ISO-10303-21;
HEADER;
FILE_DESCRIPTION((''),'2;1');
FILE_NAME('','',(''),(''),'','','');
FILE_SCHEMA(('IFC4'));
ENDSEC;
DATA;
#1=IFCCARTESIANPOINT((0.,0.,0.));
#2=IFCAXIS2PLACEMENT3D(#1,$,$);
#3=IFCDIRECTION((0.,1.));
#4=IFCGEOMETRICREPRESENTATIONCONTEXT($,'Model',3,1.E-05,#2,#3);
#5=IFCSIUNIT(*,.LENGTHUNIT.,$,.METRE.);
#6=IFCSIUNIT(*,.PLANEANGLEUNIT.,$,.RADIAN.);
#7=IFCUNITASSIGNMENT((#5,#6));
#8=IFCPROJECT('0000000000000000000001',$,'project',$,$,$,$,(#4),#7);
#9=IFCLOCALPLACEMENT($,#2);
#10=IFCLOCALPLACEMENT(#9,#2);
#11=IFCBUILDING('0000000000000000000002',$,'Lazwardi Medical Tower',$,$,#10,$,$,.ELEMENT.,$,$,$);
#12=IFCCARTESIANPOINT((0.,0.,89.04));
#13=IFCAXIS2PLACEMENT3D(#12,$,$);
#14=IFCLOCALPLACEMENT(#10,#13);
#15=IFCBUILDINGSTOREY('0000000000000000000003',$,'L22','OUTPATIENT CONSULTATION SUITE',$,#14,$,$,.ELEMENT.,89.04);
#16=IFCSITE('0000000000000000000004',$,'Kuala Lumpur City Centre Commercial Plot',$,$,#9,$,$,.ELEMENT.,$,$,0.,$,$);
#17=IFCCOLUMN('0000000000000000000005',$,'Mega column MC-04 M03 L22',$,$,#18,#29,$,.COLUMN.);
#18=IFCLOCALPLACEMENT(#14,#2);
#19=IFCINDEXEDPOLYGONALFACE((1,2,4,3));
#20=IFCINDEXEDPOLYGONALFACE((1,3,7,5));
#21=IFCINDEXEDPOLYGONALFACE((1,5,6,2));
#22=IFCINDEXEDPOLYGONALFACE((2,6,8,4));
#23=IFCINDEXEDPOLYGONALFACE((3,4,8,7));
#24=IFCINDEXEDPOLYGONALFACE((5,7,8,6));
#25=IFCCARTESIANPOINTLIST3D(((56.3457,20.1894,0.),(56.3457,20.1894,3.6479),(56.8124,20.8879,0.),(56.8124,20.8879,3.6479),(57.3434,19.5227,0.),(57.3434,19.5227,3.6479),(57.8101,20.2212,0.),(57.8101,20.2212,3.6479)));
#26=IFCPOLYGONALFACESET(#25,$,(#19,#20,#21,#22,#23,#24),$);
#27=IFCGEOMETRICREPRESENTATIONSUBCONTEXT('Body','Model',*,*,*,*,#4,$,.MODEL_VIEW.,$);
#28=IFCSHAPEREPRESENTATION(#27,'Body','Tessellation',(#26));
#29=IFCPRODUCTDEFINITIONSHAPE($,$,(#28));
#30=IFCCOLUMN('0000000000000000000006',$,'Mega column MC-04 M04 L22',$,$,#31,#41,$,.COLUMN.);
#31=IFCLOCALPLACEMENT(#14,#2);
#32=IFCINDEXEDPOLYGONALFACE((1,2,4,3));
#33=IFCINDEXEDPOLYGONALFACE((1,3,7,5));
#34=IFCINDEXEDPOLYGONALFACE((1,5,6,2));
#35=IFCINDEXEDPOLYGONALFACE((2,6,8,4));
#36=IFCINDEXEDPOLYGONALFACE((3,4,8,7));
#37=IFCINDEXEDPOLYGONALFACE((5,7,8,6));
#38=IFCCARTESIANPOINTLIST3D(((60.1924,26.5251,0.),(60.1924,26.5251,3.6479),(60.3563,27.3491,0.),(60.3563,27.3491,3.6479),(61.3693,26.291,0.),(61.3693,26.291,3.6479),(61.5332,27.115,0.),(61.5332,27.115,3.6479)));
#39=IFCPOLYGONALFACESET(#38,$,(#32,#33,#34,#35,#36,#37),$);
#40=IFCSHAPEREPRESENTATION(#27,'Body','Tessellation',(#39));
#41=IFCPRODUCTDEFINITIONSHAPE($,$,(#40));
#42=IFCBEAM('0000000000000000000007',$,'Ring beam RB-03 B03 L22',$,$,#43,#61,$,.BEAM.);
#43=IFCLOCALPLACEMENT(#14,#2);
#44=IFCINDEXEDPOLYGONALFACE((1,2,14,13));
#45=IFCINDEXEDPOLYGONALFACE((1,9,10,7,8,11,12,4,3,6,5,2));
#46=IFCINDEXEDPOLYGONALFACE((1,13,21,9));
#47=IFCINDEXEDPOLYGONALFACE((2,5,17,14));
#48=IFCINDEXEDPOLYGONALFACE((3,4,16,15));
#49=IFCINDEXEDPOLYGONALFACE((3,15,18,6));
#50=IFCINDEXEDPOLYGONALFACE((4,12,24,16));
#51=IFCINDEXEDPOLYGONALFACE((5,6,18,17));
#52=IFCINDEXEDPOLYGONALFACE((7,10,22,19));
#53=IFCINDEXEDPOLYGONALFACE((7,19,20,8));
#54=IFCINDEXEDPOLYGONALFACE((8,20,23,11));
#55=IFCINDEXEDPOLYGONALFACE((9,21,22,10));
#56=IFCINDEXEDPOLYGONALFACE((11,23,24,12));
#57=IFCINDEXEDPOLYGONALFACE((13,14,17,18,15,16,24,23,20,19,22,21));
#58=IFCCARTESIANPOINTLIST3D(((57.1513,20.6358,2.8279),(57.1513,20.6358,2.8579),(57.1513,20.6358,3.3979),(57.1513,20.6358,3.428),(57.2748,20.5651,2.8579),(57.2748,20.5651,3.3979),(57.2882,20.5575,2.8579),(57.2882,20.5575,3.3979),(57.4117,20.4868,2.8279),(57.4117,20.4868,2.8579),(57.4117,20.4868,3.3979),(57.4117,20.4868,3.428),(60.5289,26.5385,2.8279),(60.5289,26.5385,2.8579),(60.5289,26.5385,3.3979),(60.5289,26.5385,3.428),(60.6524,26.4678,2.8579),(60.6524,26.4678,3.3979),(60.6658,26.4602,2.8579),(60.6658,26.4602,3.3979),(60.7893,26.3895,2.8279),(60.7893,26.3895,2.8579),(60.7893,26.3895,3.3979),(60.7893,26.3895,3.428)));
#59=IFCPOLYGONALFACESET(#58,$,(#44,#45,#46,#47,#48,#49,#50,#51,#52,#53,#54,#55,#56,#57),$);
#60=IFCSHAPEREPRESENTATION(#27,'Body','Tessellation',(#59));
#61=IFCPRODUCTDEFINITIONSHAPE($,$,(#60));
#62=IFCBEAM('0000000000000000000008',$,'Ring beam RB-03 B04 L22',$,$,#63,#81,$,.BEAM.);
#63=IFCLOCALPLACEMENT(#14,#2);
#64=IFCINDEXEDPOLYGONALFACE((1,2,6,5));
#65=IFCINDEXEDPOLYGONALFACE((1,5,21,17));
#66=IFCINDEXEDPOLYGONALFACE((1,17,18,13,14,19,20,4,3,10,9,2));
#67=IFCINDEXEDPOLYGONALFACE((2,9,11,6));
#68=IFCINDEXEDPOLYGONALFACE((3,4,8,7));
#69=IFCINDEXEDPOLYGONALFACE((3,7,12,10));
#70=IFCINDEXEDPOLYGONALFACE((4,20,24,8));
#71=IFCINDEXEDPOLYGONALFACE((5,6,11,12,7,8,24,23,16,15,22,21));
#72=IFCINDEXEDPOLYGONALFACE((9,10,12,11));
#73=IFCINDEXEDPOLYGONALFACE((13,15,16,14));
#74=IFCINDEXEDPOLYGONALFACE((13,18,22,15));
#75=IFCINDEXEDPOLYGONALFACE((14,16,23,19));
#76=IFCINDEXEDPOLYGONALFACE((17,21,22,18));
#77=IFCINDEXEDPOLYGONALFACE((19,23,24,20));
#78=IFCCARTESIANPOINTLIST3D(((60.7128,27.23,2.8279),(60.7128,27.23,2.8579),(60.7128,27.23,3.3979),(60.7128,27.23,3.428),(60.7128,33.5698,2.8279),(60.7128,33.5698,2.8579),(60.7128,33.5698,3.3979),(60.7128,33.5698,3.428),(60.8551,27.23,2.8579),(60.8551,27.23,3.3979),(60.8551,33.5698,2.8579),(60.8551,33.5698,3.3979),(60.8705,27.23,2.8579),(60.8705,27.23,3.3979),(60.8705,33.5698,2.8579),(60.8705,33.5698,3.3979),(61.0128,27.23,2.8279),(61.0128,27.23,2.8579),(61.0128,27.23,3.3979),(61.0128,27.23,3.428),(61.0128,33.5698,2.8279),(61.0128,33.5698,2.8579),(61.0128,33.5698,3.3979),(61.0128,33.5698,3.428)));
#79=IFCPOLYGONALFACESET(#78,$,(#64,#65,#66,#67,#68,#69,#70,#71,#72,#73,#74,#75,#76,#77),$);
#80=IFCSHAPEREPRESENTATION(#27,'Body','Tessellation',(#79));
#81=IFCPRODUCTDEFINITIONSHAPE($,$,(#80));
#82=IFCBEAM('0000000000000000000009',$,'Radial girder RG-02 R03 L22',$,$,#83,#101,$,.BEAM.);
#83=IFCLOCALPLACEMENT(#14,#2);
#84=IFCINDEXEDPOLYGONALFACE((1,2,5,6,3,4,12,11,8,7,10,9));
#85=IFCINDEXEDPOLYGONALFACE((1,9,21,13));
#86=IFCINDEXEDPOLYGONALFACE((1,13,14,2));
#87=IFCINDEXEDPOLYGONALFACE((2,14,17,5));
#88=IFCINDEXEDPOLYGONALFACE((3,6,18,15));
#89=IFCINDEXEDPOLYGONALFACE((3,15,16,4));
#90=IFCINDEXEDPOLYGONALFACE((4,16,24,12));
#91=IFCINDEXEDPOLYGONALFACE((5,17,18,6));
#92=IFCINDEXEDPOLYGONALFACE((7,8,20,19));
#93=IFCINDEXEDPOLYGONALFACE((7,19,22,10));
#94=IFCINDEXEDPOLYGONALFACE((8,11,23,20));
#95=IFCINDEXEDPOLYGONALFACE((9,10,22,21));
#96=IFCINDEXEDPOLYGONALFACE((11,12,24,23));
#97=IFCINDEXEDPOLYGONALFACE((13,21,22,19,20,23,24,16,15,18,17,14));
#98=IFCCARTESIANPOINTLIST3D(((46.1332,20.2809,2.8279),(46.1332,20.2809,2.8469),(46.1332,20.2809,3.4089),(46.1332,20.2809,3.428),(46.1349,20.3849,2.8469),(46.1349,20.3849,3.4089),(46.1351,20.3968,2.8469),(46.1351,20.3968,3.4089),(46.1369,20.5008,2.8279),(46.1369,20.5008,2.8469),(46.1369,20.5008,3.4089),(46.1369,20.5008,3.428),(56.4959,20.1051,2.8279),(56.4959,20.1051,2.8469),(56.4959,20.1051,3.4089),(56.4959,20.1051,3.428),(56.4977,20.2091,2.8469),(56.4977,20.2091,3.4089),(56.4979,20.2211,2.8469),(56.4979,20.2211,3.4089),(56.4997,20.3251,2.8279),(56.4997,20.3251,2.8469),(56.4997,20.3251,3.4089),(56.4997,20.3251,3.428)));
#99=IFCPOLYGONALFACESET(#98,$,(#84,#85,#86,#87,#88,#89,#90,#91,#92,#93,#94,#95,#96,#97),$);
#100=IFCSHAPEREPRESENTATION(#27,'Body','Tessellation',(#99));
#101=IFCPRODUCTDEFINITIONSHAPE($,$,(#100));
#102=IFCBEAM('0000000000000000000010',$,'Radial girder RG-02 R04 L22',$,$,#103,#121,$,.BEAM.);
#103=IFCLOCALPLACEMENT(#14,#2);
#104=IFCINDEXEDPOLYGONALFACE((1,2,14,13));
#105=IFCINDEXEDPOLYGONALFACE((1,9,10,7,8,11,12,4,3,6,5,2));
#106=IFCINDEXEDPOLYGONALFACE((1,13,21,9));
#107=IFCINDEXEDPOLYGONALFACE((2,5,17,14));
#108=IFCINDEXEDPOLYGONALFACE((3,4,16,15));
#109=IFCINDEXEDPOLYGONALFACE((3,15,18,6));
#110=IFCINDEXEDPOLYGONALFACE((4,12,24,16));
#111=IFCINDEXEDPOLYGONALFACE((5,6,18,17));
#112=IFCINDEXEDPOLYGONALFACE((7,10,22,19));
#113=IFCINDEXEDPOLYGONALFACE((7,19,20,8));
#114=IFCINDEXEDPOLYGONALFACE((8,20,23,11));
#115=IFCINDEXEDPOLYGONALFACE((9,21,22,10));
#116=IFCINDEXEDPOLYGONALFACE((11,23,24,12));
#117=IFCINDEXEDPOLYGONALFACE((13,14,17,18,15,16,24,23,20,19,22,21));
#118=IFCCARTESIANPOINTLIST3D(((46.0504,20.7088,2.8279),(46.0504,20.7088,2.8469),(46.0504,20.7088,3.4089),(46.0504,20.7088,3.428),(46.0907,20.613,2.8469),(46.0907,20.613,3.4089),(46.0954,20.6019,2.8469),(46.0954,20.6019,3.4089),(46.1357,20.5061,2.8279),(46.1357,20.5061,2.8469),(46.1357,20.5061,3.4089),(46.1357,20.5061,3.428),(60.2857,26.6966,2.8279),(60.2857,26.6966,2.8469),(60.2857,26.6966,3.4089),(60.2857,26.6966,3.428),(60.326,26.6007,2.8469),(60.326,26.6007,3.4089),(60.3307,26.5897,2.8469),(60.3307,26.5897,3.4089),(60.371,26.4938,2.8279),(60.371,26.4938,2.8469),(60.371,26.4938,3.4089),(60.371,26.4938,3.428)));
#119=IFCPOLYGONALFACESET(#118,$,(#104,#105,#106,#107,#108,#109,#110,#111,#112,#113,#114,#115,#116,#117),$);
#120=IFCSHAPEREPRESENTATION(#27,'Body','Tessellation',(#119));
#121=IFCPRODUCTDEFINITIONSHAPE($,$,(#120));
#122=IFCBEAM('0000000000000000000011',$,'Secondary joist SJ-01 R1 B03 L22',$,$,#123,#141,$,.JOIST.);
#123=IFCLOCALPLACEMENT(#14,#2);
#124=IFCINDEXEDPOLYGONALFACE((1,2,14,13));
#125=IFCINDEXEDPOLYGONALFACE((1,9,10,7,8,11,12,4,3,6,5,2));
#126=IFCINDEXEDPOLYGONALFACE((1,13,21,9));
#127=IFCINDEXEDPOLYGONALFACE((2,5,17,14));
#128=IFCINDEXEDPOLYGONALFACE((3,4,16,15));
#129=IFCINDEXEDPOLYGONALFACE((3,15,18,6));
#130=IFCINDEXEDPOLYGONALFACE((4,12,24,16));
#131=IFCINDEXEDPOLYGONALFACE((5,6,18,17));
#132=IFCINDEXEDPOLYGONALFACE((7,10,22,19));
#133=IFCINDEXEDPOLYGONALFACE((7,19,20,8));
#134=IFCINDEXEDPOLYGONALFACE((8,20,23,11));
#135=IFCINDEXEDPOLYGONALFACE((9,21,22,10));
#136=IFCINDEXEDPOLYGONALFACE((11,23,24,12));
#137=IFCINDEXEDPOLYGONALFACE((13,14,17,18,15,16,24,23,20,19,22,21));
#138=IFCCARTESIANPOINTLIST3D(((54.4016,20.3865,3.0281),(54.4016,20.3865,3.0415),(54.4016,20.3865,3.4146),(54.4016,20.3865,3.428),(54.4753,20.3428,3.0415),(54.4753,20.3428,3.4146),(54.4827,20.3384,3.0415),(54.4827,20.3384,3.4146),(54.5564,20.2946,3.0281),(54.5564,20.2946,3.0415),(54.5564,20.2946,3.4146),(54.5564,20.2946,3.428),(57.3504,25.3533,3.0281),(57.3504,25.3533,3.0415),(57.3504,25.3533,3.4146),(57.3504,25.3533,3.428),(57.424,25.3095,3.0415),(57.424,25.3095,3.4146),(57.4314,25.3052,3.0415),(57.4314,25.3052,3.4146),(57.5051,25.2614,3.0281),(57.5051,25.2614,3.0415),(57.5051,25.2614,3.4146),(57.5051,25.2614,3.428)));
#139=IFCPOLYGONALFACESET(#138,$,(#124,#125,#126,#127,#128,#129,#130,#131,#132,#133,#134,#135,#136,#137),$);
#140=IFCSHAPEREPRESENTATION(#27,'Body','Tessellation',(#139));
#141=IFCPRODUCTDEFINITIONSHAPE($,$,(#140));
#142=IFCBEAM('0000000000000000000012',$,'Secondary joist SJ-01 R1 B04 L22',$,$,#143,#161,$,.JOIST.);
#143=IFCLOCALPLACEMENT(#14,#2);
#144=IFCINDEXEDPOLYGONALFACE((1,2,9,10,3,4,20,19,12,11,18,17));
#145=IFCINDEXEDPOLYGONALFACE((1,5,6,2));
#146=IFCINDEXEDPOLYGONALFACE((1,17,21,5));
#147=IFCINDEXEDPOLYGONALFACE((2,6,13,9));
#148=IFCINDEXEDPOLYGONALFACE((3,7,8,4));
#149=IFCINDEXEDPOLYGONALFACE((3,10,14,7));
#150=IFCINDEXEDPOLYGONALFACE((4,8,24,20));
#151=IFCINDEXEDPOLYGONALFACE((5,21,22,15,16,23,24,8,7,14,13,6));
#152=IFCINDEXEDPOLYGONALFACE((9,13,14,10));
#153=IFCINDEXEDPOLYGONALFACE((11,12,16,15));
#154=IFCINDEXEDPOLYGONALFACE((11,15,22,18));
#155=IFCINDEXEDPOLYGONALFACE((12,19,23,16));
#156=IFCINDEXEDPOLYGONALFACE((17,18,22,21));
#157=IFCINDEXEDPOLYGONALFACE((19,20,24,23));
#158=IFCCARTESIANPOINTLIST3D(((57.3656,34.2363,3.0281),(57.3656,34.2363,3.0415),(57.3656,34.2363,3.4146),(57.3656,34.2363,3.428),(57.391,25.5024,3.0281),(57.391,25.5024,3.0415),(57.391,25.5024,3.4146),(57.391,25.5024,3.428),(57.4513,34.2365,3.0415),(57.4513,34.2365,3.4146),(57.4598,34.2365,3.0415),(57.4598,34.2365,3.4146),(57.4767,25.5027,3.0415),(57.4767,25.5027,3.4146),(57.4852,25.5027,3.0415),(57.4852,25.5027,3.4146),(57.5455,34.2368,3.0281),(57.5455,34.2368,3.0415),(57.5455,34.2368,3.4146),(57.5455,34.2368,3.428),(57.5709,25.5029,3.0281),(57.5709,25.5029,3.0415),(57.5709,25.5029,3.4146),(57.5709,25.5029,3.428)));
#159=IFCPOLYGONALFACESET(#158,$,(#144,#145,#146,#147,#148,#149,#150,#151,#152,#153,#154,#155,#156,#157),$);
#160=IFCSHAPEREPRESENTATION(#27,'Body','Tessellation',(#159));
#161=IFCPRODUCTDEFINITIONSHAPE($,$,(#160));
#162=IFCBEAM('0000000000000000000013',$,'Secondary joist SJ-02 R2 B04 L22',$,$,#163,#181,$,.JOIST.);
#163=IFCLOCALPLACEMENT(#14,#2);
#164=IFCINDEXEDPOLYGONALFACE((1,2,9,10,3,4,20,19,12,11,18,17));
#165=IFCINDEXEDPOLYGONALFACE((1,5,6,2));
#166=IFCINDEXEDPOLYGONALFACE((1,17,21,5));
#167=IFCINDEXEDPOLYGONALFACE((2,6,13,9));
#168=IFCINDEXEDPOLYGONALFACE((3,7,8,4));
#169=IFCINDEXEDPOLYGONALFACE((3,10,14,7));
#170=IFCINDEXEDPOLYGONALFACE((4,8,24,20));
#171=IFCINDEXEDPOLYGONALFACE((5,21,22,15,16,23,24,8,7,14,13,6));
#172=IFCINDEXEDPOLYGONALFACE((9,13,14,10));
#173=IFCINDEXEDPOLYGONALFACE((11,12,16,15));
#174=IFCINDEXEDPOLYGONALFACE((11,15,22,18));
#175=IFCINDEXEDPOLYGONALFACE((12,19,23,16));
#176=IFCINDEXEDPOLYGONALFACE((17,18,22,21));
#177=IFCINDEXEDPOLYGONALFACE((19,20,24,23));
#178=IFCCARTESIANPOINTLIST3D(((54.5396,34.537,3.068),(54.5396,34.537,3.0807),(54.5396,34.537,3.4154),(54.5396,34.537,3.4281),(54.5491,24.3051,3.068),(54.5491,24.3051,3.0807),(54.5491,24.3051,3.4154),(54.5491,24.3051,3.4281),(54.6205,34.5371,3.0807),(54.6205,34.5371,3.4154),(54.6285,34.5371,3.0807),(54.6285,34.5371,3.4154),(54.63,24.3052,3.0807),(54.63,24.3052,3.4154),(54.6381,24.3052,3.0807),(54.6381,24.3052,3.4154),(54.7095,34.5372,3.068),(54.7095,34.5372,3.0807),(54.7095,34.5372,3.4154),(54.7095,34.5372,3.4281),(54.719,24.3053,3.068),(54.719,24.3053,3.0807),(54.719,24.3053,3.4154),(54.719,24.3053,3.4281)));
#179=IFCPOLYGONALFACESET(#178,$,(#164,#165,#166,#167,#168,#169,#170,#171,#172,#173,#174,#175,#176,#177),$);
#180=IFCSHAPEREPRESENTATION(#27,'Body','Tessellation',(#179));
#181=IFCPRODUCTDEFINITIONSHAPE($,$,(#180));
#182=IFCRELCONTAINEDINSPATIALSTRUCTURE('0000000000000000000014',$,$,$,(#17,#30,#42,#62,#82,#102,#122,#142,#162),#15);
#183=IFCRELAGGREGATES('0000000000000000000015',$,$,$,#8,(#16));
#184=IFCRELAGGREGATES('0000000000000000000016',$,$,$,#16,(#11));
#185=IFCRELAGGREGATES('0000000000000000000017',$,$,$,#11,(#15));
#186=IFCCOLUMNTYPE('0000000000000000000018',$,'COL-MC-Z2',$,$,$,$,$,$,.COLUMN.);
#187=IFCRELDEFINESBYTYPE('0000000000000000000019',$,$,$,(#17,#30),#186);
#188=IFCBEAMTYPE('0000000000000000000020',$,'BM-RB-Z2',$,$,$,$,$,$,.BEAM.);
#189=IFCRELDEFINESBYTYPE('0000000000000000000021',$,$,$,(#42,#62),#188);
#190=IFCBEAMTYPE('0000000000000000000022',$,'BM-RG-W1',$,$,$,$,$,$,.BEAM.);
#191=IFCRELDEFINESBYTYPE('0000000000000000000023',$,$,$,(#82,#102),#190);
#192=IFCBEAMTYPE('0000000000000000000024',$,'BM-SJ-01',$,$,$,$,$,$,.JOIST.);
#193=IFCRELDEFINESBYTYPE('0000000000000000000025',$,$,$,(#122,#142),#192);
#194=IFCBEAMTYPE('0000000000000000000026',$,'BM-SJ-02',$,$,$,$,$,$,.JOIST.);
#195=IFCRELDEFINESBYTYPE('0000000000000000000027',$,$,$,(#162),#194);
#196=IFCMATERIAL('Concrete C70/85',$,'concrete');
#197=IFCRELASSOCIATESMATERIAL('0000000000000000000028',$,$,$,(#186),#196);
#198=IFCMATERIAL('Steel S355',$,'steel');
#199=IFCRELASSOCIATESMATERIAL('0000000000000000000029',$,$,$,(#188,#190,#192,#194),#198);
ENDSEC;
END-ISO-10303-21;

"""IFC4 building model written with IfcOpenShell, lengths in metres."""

from ifc_helpers import new_model, si_unit, direction, frame, origin, origin_2d, place, context, subcontext, project, spatial, rectangle, i_section, extrude, material, material_profile, profile_set, type_object, element, save


model = new_model("IFC4")

# Units and contexts
model_context = context("Model", 3, precision=1e-05, world=origin(), true_north=direction((0.0, 1.0)))
body_context = subcontext(model_context, "Body", "Model", "MODEL_VIEW")
ifc_project = project(units=[si_unit("LENGTHUNIT", "METRE"), si_unit("PLANEANGLEUNIT", "RADIAN")], contexts=[model_context])

# Site, building, storey
site_placement = place(None, origin())
site = spatial("IfcSite", under=ifc_project, at=site_placement, Name="Kuala Lumpur City Centre Commercial Plot", CompositionType="ELEMENT", RefElevation=0.0)
building_placement = place(site_placement, origin())
building = spatial("IfcBuilding", under=site, at=building_placement, Name="Lazwardi Medical Tower", CompositionType="ELEMENT")
storey_placement = place(building_placement, frame((0.0, 0.0, 89.04)))
storey = spatial("IfcBuildingStorey", under=building, at=storey_placement, Name="L22", Description="OUTPATIENT CONSULTATION SUITE", CompositionType="ELEMENT", Elevation=89.04)

# Columns
ifc_material_1 = material(Name="Concrete C70/85", Category="concrete")
ifc_material_profile_1 = material_profile(ifc_material_1, rectangle(XDim=1.2, YDim=0.8401, at=origin_2d()), Name="CFT-RECT 1200x840")
ifc_profile_set_1 = profile_set([ifc_material_profile_1], Name="Concrete C70/85")
column_type = type_object("IfcColumnType", Name="COL-MC-Z2", PredefinedType="COLUMN", material=ifc_profile_set_1)
for number, where, z_axis, x_axis, name in (
    (1, (57.0779, 20.2053, 0.0), (0.0, 0.0, 1.0), (0.83147, -0.55557, 0.0), "Mega column MC-04 M03 L22"),
    (2, (60.8628, 26.8201, 0.0), (0.0, 0.0, 1.0), (0.980785, -0.19509, 0.0), "Mega column MC-04 M04 L22"),
):
    element("IfcColumn", number, at=place(storey_placement, frame(where, z_axis=z_axis, x_axis=x_axis)), inside=storey, type_object=column_type, Name=name, PredefinedType="COLUMN", context=body_context, shape_type="SweptSolid", body=[
        extrude(rectangle(XDim=1.2, YDim=0.8401, at=origin_2d()), origin(), (0.0, 0.0, 1.0), 3.6479),
    ])

# Beams
ifc_material_2 = material(Name="Steel S355", Category="steel")
ifc_material_profile_2 = material_profile(ifc_material_2, i_section(OverallWidth=0.3, OverallDepth=0.6001, WebThickness=0.0154, FlangeThickness=0.03, at=origin_2d()), Name="HEB 600")
ifc_profile_set_2 = profile_set([ifc_material_profile_2], Name="Steel S355")
beam_type_1 = type_object("IfcBeamType", Name="BM-RB-Z2", PredefinedType="BEAM", material=ifc_profile_set_2)
beam_1_placement = place(storey_placement, frame((57.2815, 20.5613, 3.1279), z_axis=(0.496653, 0.867949, 0.0), x_axis=(-0.867949, 0.496653, 0.0)))
element("IfcBeam", 3, at=beam_1_placement, inside=storey, type_object=beam_type_1, Name="Ring beam RB-03 B03 L22", PredefinedType="BEAM", context=body_context, shape_type="SweptSolid", body=[
    extrude(i_section(OverallWidth=0.3, OverallDepth=0.6001, WebThickness=0.0154, FlangeThickness=0.03, at=origin_2d()), origin(), (0.0, 0.0, 1.0), 6.8008),
])
beam_2_placement = place(storey_placement, frame((60.8628, 27.23, 3.1279), z_axis=(0.0, 1.0, 0.0), x_axis=(-1.0, 0.0, 0.0)))
element("IfcBeam", 4, at=beam_2_placement, inside=storey, type_object=beam_type_1, Name="Ring beam RB-03 B04 L22", PredefinedType="BEAM", context=body_context, shape_type="SweptSolid", body=[
    extrude(i_section(OverallWidth=0.3, OverallDepth=0.6001, WebThickness=0.0154, FlangeThickness=0.03, at=origin_2d()), origin(), (0.0, 0.0, 1.0), 6.3398),
])
ifc_material_profile_3 = material_profile(ifc_material_2, i_section(OverallWidth=0.22, OverallDepth=0.6001, WebThickness=0.012, FlangeThickness=0.019, at=origin_2d()), Name="IPE 600")
ifc_profile_set_3 = profile_set([ifc_material_profile_3], Name="Steel S355")
beam_type_2 = type_object("IfcBeamType", Name="BM-RG-W1", PredefinedType="BEAM", material=ifc_profile_set_3)
beam_3_placement = place(storey_placement, frame((56.4978, 20.2151, 3.1279), z_axis=(-0.999856, 0.01696, 0.0), x_axis=(-0.01696, -0.999856, 0.0)))
element("IfcBeam", 5, at=beam_3_placement, inside=storey, type_object=beam_type_2, Name="Radial girder RG-02 R03 L22", PredefinedType="BEAM", context=body_context, shape_type="SweptSolid", body=[
    extrude(i_section(OverallWidth=0.22, OverallDepth=0.6001, WebThickness=0.012, FlangeThickness=0.019, at=origin_2d()), origin(), (0.0, 0.0, 1.0), 10.3643),
])
beam_4_placement = place(storey_placement, frame((60.3284, 26.5952, 3.1279), z_axis=(-0.921775, -0.387725, 0.0), x_axis=(0.387725, -0.921775, 0.0)))
element("IfcBeam", 6, at=beam_4_placement, inside=storey, type_object=beam_type_2, Name="Radial girder RG-02 R04 L22", PredefinedType="BEAM", context=body_context, shape_type="SweptSolid", body=[
    extrude(i_section(OverallWidth=0.22, OverallDepth=0.6001, WebThickness=0.012, FlangeThickness=0.019, at=origin_2d()), origin(), (0.0, 0.0, 1.0), 15.4434),
])
ifc_material_profile_4 = material_profile(ifc_material_2, i_section(OverallWidth=0.1799, OverallDepth=0.3999, WebThickness=0.0085, FlangeThickness=0.0134, at=origin_2d()), Name="IPE 400")
ifc_profile_set_4 = profile_set([ifc_material_profile_4], Name="Steel S355")
beam_type_3 = type_object("IfcBeamType", Name="BM-SJ-01", PredefinedType="JOIST", material=ifc_profile_set_4)
beam_5_placement = place(storey_placement, frame((54.479, 20.3406, 3.228), z_axis=(0.5105, 0.859878, 0.0), x_axis=(-0.859878, 0.5105, 0.0)))
element("IfcBeam", 7, at=beam_5_placement, inside=storey, type_object=beam_type_3, Name="Secondary joist SJ-01 R1 B03 L22", PredefinedType="JOIST", context=body_context, shape_type="SweptSolid", body=[
    extrude(i_section(OverallWidth=0.1799, OverallDepth=0.3999, WebThickness=0.0085, FlangeThickness=0.0134, at=origin_2d()), origin(), (0.0, 0.0, 1.0), 5.7761),
])
beam_6_placement = place(storey_placement, frame((57.481, 25.5027, 3.228), z_axis=(-0.002907, 0.999996, 0.0), x_axis=(-0.999996, -0.002907, 0.0)))
element("IfcBeam", 8, at=beam_6_placement, inside=storey, type_object=beam_type_3, Name="Secondary joist SJ-01 R1 B04 L22", PredefinedType="JOIST", context=body_context, shape_type="SweptSolid", body=[
    extrude(i_section(OverallWidth=0.1799, OverallDepth=0.3999, WebThickness=0.0085, FlangeThickness=0.0134, at=origin_2d()), origin(), (0.0, 0.0, 1.0), 8.7339),
])
ifc_material_profile_5 = material_profile(ifc_material_2, i_section(OverallWidth=0.1699, OverallDepth=0.3601, WebThickness=0.0081, FlangeThickness=0.0127, at=origin_2d()), Name="IPE 360")
ifc_profile_set_5 = profile_set([ifc_material_profile_5], Name="Steel S355")
beam_type_4 = type_object("IfcBeamType", Name="BM-SJ-02", PredefinedType="JOIST", material=ifc_profile_set_5)
beam_7_placement = place(storey_placement, frame((54.634, 24.3052, 3.248), z_axis=(-0.000931, 1.0, 0.0), x_axis=(-1.0, -0.000931, 0.0)))
element("IfcBeam", 9, at=beam_7_placement, inside=storey, type_object=beam_type_4, Name="Secondary joist SJ-02 R2 B04 L22", PredefinedType="JOIST", context=body_context, shape_type="SweptSolid", body=[
    extrude(i_section(OverallWidth=0.1699, OverallDepth=0.3601, WebThickness=0.0081, FlangeThickness=0.0127, at=origin_2d()), origin(), (0.0, 0.0, 1.0), 10.2319),
])

save(model, "model.ifc")
